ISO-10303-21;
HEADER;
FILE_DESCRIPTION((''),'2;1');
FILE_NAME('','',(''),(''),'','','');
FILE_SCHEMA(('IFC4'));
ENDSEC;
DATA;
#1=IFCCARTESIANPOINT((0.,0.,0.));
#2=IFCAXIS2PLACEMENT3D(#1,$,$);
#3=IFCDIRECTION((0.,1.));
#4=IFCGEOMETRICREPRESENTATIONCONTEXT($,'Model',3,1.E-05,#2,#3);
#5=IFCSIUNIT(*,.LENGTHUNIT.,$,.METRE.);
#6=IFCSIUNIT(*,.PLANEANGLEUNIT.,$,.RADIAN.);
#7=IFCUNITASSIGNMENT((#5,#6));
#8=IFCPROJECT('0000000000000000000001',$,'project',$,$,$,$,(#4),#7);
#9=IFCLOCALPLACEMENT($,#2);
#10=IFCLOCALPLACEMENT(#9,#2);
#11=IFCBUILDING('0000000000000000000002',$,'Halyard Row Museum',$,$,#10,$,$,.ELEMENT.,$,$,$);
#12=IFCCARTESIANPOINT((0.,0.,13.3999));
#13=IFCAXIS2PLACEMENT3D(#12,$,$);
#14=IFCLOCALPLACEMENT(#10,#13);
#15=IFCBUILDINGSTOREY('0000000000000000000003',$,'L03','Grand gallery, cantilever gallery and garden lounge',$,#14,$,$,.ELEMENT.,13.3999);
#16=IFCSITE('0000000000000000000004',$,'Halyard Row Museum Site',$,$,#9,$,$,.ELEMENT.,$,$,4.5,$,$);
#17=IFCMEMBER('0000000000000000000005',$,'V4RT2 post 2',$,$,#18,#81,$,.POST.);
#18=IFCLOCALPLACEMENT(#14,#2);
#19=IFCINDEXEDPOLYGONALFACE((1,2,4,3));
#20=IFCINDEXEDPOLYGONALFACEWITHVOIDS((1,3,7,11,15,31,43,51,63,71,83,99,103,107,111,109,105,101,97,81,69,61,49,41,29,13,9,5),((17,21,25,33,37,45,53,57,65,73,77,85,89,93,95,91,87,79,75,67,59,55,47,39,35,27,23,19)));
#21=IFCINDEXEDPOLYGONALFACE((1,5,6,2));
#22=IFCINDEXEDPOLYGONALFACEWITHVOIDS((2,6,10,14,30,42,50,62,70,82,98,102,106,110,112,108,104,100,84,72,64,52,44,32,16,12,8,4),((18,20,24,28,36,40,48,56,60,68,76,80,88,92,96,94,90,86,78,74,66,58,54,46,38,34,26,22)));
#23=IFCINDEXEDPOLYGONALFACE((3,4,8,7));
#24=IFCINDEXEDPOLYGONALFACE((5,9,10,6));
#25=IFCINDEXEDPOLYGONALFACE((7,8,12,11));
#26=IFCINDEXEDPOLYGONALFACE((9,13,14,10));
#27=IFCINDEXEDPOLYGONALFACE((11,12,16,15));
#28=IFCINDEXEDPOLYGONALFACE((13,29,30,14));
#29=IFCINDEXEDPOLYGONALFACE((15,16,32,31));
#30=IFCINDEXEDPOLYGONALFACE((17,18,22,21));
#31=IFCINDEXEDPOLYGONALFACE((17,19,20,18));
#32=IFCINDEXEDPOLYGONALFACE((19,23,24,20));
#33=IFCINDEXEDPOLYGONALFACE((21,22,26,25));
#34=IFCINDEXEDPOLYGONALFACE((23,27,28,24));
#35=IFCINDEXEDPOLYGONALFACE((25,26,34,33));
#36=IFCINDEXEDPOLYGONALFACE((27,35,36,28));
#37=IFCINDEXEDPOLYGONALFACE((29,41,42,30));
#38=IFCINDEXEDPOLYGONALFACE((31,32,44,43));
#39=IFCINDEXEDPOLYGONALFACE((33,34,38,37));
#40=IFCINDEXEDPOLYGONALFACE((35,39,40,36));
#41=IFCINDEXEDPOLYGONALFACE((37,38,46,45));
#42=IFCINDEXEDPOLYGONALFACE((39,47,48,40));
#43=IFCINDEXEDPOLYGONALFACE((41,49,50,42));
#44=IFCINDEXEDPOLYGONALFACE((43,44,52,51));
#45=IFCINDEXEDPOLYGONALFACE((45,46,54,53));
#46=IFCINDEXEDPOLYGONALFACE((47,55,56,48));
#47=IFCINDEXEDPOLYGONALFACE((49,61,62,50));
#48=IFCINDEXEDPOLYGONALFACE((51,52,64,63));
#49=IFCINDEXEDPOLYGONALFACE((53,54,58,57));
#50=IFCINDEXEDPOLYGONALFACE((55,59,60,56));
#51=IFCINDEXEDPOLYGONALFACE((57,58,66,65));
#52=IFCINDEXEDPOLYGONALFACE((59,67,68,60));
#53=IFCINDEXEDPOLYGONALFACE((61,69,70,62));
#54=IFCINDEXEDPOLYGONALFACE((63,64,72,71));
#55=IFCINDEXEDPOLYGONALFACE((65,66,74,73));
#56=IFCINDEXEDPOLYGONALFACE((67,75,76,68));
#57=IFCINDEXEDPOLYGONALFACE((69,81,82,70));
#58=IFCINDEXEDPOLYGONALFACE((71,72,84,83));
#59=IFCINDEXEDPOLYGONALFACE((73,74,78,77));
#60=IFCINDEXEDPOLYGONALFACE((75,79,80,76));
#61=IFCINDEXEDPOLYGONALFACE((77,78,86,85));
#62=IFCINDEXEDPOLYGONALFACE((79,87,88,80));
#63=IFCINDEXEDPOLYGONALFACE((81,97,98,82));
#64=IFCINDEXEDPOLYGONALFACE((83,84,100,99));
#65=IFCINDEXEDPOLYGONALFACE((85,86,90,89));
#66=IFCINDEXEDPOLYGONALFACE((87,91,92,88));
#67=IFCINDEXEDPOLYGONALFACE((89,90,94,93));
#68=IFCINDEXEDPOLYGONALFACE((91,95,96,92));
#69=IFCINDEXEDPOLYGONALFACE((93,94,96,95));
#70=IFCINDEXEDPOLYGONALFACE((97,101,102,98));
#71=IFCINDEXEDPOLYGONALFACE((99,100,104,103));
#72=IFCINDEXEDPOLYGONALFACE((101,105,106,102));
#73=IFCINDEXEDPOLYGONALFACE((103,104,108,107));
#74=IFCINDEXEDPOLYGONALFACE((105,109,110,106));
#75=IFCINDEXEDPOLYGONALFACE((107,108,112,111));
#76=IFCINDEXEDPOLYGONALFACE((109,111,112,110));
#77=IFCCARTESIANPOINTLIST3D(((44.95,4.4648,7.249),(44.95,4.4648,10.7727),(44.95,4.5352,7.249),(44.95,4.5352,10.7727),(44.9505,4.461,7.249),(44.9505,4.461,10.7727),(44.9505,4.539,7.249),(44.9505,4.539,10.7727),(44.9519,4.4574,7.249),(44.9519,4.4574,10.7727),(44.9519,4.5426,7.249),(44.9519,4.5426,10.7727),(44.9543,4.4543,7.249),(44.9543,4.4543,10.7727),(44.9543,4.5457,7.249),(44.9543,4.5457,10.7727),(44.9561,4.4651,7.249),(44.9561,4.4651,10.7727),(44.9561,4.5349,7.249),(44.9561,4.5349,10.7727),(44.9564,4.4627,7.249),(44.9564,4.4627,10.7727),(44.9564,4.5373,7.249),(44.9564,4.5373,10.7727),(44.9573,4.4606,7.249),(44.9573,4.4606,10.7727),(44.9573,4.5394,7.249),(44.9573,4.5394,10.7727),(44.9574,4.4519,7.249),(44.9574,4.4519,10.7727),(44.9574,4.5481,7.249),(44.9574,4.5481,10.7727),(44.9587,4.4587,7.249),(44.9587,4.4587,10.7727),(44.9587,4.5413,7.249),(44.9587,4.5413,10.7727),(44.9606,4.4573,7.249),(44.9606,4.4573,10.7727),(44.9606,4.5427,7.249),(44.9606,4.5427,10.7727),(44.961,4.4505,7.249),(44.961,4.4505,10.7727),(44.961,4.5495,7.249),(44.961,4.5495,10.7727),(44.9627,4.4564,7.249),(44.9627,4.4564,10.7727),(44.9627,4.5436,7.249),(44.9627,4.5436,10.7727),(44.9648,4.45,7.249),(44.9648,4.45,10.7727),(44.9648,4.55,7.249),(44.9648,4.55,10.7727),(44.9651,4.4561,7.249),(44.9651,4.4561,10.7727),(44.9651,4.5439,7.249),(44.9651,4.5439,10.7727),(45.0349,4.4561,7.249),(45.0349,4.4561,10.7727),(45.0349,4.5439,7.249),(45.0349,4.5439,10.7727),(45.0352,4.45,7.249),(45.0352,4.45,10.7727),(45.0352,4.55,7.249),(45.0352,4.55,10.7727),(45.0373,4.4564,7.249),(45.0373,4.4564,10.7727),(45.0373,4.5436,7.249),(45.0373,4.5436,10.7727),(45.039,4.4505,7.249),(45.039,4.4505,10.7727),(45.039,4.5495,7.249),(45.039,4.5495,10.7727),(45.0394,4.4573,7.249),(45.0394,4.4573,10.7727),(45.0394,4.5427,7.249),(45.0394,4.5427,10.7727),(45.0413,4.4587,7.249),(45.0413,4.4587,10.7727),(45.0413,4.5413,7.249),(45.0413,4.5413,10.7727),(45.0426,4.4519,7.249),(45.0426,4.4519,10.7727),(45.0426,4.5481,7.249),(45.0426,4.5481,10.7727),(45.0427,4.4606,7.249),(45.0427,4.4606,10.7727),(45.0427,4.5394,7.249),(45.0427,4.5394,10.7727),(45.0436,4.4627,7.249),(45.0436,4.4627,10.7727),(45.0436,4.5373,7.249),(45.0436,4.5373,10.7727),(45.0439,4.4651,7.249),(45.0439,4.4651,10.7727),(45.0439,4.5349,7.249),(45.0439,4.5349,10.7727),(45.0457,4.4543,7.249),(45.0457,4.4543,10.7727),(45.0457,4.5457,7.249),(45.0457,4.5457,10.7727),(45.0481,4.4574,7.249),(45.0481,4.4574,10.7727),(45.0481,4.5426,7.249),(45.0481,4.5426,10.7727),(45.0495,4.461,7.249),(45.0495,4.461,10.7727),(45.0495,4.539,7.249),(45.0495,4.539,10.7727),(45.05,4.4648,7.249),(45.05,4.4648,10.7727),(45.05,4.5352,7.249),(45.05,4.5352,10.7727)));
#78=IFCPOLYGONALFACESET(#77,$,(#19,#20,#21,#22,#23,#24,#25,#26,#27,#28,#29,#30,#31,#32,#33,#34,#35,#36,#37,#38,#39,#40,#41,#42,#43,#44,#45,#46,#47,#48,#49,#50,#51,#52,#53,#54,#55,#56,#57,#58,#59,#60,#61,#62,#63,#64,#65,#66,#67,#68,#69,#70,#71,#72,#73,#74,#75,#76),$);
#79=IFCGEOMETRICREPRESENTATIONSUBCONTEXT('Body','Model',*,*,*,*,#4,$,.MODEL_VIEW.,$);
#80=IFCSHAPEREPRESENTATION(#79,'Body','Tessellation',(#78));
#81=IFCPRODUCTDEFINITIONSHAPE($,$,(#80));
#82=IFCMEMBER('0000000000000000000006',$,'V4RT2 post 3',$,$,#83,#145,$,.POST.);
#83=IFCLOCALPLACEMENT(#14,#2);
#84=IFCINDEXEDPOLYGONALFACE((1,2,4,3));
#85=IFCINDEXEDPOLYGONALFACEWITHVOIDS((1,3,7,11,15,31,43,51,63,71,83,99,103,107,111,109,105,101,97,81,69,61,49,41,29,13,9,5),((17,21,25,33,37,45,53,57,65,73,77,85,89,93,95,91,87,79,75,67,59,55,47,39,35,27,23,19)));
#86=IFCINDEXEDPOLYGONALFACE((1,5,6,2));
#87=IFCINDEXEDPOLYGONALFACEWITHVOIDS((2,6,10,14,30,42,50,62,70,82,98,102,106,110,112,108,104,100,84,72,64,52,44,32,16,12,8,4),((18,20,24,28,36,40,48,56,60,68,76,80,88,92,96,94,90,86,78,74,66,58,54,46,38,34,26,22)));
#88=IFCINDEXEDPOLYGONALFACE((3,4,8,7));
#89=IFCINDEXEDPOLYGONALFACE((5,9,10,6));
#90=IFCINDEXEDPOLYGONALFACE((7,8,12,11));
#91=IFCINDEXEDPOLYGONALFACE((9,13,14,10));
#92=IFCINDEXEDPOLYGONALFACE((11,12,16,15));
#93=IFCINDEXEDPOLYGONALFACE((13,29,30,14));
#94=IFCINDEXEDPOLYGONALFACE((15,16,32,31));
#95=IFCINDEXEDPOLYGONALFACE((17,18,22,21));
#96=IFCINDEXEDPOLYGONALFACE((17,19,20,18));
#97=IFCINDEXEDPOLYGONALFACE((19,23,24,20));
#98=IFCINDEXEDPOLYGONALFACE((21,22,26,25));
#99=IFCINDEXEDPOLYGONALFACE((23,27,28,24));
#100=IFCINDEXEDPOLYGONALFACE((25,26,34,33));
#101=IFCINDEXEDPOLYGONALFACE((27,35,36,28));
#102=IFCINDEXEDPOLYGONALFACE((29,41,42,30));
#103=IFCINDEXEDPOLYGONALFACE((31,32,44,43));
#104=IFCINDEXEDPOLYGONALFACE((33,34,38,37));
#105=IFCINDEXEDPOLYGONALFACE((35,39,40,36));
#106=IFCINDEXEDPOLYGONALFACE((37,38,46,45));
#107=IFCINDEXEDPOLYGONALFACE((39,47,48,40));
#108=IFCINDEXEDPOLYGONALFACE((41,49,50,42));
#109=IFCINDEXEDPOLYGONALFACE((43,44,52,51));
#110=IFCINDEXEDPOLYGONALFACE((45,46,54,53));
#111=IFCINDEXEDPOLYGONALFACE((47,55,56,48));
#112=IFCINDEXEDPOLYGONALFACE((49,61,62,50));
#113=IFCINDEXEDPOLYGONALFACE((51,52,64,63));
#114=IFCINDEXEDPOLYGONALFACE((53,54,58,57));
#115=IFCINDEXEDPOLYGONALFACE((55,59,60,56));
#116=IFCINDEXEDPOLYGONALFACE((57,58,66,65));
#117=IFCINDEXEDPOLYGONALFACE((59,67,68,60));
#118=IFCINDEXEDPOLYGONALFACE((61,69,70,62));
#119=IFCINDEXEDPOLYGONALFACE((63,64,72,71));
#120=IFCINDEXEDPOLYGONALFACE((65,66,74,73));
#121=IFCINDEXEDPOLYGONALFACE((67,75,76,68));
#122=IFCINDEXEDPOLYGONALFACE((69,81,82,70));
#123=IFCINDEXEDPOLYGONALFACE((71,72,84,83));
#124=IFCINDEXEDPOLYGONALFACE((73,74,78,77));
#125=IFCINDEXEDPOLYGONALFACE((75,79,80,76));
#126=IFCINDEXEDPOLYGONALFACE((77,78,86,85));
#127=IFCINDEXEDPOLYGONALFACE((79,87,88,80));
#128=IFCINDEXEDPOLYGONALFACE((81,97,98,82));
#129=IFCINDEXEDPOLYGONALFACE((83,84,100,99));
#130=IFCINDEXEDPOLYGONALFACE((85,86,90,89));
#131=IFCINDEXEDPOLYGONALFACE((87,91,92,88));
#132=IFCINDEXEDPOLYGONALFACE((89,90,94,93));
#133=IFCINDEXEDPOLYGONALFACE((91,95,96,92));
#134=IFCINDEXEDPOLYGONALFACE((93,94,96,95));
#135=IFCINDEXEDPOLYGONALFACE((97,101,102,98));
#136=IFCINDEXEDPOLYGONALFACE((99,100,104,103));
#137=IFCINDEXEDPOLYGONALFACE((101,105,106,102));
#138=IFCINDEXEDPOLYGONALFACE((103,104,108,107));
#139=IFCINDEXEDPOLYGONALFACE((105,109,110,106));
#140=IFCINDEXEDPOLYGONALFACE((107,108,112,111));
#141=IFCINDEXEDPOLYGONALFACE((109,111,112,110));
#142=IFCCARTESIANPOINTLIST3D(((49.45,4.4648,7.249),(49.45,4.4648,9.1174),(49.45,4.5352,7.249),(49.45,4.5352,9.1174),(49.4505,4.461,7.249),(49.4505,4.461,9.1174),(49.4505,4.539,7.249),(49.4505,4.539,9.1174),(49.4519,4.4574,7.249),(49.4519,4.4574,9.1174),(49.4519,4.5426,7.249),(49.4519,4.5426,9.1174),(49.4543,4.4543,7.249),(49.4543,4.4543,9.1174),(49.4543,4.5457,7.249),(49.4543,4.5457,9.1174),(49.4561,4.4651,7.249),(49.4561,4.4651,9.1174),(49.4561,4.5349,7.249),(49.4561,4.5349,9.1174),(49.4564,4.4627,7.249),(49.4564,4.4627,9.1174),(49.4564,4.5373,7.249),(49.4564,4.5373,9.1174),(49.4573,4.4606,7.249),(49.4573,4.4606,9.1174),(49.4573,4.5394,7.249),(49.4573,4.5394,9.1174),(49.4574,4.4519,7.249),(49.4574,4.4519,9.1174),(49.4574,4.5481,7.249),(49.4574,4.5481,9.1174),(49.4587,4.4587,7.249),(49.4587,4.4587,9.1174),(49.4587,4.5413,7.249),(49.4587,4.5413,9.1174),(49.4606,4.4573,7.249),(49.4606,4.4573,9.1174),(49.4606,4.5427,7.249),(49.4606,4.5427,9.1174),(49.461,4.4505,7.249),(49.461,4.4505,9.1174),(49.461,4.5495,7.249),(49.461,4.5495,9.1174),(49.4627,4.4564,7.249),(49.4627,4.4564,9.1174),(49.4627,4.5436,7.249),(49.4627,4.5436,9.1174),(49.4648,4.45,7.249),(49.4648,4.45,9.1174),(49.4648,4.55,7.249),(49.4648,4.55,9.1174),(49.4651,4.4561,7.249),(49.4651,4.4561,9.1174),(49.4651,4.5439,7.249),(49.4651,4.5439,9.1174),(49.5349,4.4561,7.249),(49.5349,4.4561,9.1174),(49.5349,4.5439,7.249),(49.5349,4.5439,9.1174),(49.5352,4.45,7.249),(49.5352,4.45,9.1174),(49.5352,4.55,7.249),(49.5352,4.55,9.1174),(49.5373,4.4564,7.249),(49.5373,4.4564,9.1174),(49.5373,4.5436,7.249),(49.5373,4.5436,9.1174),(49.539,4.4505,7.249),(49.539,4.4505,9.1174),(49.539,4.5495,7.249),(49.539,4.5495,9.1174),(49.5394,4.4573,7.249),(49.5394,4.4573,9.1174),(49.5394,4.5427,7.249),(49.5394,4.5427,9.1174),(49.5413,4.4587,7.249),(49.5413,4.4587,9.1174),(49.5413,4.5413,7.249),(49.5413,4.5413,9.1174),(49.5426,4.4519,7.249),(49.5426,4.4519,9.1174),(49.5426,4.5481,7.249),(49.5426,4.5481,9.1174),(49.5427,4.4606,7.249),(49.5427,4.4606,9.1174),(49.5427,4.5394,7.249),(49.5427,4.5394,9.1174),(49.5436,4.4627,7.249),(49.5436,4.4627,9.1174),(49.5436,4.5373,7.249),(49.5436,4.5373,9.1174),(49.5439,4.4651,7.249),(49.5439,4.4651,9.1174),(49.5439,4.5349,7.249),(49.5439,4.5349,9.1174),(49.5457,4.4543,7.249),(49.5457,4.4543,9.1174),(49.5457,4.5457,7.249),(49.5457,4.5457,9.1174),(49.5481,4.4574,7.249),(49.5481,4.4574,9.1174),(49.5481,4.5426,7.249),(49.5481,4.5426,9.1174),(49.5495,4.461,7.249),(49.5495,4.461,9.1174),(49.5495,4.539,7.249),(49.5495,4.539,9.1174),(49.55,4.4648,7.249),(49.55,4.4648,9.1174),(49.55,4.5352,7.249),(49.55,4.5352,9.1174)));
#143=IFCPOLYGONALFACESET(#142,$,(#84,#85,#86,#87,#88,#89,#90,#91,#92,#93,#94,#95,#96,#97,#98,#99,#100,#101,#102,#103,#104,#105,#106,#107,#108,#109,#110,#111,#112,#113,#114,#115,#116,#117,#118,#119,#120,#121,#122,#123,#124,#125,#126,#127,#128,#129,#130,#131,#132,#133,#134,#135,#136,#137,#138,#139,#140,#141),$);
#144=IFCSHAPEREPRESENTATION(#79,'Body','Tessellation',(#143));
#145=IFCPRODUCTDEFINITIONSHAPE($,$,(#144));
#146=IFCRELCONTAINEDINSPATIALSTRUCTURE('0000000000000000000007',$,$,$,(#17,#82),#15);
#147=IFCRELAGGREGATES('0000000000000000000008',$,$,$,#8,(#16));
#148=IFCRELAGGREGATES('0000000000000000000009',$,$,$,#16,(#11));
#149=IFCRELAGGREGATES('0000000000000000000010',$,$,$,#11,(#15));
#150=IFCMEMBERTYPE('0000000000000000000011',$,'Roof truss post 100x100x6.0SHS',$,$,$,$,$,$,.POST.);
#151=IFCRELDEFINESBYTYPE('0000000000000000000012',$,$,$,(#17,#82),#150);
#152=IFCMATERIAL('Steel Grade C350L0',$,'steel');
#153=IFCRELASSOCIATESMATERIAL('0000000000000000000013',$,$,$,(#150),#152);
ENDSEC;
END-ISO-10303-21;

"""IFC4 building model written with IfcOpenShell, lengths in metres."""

from ifc_helpers import new_model, si_unit, direction, frame, origin, origin_2d, place, context, subcontext, project, spatial, hollow_rectangle, extrude, material, material_profile, profile_set, type_object, element, save


model = new_model("IFC4")

# Units and contexts
model_context = context("Model", 3, precision=1e-05, world=origin(), true_north=direction((0.0, 1.0)))
body_context = subcontext(model_context, "Body", "Model", "MODEL_VIEW")
ifc_project = project(units=[si_unit("LENGTHUNIT", "METRE"), si_unit("PLANEANGLEUNIT", "RADIAN")], contexts=[model_context])

# Site, building, storey
site_placement = place(None, origin())
site = spatial("IfcSite", under=ifc_project, at=site_placement, Name="Halyard Row Museum Site", CompositionType="ELEMENT", RefElevation=4.5)
building_placement = place(site_placement, origin())
building = spatial("IfcBuilding", under=site, at=building_placement, Name="Halyard Row Museum", CompositionType="ELEMENT")
storey_placement = place(building_placement, frame((0.0, 0.0, 13.3999)))
storey = spatial("IfcBuildingStorey", under=building, at=storey_placement, Name="L03", Description="Grand gallery, cantilever gallery and garden lounge", CompositionType="ELEMENT", Elevation=13.3999)

# Members
ifc_material_1 = material(Name="Steel Grade C350L0", Category="steel")
ifc_material_profile_1 = material_profile(ifc_material_1, hollow_rectangle(XDim=0.1001, YDim=0.1001, WallThickness=0.0061, InnerFilletRadius=0.009, OuterFilletRadius=0.0149, at=origin_2d()), Name="100x100x6.0SHS")
ifc_profile_set_1 = profile_set([ifc_material_profile_1], Name="Steel Grade C350L0")
member_type_1 = type_object("IfcMemberType", Name="Roof truss post 100x100x6.0SHS", PredefinedType="POST", material=ifc_profile_set_1)
member_1_placement = place(storey_placement, frame((45.0, 4.5, 7.249), z_axis=(0.0, 0.0, 1.0), x_axis=(1.0, 0.0, 0.0)))
element("IfcMember", 1, at=member_1_placement, inside=storey, type_object=member_type_1, Name="V4RT2 post 2", PredefinedType="POST", context=body_context, shape_type="SweptSolid", body=[
    extrude(hollow_rectangle(XDim=0.1001, YDim=0.1001, WallThickness=0.0061, InnerFilletRadius=0.009, OuterFilletRadius=0.0149, at=origin_2d()), origin(), (0.0, 0.0, 1.0), 3.5237),
])
member_2_placement = place(storey_placement, frame((49.5, 4.5, 7.249), z_axis=(0.0, 0.0, 1.0), x_axis=(1.0, 0.0, 0.0)))
element("IfcMember", 2, at=member_2_placement, inside=storey, type_object=member_type_1, Name="V4RT2 post 3", PredefinedType="POST", context=body_context, shape_type="SweptSolid", body=[
    extrude(hollow_rectangle(XDim=0.1001, YDim=0.1001, WallThickness=0.0061, InnerFilletRadius=0.009, OuterFilletRadius=0.0149, at=origin_2d()), origin(), (0.0, 0.0, 1.0), 1.8684),
])

save(model, "model.ifc")
